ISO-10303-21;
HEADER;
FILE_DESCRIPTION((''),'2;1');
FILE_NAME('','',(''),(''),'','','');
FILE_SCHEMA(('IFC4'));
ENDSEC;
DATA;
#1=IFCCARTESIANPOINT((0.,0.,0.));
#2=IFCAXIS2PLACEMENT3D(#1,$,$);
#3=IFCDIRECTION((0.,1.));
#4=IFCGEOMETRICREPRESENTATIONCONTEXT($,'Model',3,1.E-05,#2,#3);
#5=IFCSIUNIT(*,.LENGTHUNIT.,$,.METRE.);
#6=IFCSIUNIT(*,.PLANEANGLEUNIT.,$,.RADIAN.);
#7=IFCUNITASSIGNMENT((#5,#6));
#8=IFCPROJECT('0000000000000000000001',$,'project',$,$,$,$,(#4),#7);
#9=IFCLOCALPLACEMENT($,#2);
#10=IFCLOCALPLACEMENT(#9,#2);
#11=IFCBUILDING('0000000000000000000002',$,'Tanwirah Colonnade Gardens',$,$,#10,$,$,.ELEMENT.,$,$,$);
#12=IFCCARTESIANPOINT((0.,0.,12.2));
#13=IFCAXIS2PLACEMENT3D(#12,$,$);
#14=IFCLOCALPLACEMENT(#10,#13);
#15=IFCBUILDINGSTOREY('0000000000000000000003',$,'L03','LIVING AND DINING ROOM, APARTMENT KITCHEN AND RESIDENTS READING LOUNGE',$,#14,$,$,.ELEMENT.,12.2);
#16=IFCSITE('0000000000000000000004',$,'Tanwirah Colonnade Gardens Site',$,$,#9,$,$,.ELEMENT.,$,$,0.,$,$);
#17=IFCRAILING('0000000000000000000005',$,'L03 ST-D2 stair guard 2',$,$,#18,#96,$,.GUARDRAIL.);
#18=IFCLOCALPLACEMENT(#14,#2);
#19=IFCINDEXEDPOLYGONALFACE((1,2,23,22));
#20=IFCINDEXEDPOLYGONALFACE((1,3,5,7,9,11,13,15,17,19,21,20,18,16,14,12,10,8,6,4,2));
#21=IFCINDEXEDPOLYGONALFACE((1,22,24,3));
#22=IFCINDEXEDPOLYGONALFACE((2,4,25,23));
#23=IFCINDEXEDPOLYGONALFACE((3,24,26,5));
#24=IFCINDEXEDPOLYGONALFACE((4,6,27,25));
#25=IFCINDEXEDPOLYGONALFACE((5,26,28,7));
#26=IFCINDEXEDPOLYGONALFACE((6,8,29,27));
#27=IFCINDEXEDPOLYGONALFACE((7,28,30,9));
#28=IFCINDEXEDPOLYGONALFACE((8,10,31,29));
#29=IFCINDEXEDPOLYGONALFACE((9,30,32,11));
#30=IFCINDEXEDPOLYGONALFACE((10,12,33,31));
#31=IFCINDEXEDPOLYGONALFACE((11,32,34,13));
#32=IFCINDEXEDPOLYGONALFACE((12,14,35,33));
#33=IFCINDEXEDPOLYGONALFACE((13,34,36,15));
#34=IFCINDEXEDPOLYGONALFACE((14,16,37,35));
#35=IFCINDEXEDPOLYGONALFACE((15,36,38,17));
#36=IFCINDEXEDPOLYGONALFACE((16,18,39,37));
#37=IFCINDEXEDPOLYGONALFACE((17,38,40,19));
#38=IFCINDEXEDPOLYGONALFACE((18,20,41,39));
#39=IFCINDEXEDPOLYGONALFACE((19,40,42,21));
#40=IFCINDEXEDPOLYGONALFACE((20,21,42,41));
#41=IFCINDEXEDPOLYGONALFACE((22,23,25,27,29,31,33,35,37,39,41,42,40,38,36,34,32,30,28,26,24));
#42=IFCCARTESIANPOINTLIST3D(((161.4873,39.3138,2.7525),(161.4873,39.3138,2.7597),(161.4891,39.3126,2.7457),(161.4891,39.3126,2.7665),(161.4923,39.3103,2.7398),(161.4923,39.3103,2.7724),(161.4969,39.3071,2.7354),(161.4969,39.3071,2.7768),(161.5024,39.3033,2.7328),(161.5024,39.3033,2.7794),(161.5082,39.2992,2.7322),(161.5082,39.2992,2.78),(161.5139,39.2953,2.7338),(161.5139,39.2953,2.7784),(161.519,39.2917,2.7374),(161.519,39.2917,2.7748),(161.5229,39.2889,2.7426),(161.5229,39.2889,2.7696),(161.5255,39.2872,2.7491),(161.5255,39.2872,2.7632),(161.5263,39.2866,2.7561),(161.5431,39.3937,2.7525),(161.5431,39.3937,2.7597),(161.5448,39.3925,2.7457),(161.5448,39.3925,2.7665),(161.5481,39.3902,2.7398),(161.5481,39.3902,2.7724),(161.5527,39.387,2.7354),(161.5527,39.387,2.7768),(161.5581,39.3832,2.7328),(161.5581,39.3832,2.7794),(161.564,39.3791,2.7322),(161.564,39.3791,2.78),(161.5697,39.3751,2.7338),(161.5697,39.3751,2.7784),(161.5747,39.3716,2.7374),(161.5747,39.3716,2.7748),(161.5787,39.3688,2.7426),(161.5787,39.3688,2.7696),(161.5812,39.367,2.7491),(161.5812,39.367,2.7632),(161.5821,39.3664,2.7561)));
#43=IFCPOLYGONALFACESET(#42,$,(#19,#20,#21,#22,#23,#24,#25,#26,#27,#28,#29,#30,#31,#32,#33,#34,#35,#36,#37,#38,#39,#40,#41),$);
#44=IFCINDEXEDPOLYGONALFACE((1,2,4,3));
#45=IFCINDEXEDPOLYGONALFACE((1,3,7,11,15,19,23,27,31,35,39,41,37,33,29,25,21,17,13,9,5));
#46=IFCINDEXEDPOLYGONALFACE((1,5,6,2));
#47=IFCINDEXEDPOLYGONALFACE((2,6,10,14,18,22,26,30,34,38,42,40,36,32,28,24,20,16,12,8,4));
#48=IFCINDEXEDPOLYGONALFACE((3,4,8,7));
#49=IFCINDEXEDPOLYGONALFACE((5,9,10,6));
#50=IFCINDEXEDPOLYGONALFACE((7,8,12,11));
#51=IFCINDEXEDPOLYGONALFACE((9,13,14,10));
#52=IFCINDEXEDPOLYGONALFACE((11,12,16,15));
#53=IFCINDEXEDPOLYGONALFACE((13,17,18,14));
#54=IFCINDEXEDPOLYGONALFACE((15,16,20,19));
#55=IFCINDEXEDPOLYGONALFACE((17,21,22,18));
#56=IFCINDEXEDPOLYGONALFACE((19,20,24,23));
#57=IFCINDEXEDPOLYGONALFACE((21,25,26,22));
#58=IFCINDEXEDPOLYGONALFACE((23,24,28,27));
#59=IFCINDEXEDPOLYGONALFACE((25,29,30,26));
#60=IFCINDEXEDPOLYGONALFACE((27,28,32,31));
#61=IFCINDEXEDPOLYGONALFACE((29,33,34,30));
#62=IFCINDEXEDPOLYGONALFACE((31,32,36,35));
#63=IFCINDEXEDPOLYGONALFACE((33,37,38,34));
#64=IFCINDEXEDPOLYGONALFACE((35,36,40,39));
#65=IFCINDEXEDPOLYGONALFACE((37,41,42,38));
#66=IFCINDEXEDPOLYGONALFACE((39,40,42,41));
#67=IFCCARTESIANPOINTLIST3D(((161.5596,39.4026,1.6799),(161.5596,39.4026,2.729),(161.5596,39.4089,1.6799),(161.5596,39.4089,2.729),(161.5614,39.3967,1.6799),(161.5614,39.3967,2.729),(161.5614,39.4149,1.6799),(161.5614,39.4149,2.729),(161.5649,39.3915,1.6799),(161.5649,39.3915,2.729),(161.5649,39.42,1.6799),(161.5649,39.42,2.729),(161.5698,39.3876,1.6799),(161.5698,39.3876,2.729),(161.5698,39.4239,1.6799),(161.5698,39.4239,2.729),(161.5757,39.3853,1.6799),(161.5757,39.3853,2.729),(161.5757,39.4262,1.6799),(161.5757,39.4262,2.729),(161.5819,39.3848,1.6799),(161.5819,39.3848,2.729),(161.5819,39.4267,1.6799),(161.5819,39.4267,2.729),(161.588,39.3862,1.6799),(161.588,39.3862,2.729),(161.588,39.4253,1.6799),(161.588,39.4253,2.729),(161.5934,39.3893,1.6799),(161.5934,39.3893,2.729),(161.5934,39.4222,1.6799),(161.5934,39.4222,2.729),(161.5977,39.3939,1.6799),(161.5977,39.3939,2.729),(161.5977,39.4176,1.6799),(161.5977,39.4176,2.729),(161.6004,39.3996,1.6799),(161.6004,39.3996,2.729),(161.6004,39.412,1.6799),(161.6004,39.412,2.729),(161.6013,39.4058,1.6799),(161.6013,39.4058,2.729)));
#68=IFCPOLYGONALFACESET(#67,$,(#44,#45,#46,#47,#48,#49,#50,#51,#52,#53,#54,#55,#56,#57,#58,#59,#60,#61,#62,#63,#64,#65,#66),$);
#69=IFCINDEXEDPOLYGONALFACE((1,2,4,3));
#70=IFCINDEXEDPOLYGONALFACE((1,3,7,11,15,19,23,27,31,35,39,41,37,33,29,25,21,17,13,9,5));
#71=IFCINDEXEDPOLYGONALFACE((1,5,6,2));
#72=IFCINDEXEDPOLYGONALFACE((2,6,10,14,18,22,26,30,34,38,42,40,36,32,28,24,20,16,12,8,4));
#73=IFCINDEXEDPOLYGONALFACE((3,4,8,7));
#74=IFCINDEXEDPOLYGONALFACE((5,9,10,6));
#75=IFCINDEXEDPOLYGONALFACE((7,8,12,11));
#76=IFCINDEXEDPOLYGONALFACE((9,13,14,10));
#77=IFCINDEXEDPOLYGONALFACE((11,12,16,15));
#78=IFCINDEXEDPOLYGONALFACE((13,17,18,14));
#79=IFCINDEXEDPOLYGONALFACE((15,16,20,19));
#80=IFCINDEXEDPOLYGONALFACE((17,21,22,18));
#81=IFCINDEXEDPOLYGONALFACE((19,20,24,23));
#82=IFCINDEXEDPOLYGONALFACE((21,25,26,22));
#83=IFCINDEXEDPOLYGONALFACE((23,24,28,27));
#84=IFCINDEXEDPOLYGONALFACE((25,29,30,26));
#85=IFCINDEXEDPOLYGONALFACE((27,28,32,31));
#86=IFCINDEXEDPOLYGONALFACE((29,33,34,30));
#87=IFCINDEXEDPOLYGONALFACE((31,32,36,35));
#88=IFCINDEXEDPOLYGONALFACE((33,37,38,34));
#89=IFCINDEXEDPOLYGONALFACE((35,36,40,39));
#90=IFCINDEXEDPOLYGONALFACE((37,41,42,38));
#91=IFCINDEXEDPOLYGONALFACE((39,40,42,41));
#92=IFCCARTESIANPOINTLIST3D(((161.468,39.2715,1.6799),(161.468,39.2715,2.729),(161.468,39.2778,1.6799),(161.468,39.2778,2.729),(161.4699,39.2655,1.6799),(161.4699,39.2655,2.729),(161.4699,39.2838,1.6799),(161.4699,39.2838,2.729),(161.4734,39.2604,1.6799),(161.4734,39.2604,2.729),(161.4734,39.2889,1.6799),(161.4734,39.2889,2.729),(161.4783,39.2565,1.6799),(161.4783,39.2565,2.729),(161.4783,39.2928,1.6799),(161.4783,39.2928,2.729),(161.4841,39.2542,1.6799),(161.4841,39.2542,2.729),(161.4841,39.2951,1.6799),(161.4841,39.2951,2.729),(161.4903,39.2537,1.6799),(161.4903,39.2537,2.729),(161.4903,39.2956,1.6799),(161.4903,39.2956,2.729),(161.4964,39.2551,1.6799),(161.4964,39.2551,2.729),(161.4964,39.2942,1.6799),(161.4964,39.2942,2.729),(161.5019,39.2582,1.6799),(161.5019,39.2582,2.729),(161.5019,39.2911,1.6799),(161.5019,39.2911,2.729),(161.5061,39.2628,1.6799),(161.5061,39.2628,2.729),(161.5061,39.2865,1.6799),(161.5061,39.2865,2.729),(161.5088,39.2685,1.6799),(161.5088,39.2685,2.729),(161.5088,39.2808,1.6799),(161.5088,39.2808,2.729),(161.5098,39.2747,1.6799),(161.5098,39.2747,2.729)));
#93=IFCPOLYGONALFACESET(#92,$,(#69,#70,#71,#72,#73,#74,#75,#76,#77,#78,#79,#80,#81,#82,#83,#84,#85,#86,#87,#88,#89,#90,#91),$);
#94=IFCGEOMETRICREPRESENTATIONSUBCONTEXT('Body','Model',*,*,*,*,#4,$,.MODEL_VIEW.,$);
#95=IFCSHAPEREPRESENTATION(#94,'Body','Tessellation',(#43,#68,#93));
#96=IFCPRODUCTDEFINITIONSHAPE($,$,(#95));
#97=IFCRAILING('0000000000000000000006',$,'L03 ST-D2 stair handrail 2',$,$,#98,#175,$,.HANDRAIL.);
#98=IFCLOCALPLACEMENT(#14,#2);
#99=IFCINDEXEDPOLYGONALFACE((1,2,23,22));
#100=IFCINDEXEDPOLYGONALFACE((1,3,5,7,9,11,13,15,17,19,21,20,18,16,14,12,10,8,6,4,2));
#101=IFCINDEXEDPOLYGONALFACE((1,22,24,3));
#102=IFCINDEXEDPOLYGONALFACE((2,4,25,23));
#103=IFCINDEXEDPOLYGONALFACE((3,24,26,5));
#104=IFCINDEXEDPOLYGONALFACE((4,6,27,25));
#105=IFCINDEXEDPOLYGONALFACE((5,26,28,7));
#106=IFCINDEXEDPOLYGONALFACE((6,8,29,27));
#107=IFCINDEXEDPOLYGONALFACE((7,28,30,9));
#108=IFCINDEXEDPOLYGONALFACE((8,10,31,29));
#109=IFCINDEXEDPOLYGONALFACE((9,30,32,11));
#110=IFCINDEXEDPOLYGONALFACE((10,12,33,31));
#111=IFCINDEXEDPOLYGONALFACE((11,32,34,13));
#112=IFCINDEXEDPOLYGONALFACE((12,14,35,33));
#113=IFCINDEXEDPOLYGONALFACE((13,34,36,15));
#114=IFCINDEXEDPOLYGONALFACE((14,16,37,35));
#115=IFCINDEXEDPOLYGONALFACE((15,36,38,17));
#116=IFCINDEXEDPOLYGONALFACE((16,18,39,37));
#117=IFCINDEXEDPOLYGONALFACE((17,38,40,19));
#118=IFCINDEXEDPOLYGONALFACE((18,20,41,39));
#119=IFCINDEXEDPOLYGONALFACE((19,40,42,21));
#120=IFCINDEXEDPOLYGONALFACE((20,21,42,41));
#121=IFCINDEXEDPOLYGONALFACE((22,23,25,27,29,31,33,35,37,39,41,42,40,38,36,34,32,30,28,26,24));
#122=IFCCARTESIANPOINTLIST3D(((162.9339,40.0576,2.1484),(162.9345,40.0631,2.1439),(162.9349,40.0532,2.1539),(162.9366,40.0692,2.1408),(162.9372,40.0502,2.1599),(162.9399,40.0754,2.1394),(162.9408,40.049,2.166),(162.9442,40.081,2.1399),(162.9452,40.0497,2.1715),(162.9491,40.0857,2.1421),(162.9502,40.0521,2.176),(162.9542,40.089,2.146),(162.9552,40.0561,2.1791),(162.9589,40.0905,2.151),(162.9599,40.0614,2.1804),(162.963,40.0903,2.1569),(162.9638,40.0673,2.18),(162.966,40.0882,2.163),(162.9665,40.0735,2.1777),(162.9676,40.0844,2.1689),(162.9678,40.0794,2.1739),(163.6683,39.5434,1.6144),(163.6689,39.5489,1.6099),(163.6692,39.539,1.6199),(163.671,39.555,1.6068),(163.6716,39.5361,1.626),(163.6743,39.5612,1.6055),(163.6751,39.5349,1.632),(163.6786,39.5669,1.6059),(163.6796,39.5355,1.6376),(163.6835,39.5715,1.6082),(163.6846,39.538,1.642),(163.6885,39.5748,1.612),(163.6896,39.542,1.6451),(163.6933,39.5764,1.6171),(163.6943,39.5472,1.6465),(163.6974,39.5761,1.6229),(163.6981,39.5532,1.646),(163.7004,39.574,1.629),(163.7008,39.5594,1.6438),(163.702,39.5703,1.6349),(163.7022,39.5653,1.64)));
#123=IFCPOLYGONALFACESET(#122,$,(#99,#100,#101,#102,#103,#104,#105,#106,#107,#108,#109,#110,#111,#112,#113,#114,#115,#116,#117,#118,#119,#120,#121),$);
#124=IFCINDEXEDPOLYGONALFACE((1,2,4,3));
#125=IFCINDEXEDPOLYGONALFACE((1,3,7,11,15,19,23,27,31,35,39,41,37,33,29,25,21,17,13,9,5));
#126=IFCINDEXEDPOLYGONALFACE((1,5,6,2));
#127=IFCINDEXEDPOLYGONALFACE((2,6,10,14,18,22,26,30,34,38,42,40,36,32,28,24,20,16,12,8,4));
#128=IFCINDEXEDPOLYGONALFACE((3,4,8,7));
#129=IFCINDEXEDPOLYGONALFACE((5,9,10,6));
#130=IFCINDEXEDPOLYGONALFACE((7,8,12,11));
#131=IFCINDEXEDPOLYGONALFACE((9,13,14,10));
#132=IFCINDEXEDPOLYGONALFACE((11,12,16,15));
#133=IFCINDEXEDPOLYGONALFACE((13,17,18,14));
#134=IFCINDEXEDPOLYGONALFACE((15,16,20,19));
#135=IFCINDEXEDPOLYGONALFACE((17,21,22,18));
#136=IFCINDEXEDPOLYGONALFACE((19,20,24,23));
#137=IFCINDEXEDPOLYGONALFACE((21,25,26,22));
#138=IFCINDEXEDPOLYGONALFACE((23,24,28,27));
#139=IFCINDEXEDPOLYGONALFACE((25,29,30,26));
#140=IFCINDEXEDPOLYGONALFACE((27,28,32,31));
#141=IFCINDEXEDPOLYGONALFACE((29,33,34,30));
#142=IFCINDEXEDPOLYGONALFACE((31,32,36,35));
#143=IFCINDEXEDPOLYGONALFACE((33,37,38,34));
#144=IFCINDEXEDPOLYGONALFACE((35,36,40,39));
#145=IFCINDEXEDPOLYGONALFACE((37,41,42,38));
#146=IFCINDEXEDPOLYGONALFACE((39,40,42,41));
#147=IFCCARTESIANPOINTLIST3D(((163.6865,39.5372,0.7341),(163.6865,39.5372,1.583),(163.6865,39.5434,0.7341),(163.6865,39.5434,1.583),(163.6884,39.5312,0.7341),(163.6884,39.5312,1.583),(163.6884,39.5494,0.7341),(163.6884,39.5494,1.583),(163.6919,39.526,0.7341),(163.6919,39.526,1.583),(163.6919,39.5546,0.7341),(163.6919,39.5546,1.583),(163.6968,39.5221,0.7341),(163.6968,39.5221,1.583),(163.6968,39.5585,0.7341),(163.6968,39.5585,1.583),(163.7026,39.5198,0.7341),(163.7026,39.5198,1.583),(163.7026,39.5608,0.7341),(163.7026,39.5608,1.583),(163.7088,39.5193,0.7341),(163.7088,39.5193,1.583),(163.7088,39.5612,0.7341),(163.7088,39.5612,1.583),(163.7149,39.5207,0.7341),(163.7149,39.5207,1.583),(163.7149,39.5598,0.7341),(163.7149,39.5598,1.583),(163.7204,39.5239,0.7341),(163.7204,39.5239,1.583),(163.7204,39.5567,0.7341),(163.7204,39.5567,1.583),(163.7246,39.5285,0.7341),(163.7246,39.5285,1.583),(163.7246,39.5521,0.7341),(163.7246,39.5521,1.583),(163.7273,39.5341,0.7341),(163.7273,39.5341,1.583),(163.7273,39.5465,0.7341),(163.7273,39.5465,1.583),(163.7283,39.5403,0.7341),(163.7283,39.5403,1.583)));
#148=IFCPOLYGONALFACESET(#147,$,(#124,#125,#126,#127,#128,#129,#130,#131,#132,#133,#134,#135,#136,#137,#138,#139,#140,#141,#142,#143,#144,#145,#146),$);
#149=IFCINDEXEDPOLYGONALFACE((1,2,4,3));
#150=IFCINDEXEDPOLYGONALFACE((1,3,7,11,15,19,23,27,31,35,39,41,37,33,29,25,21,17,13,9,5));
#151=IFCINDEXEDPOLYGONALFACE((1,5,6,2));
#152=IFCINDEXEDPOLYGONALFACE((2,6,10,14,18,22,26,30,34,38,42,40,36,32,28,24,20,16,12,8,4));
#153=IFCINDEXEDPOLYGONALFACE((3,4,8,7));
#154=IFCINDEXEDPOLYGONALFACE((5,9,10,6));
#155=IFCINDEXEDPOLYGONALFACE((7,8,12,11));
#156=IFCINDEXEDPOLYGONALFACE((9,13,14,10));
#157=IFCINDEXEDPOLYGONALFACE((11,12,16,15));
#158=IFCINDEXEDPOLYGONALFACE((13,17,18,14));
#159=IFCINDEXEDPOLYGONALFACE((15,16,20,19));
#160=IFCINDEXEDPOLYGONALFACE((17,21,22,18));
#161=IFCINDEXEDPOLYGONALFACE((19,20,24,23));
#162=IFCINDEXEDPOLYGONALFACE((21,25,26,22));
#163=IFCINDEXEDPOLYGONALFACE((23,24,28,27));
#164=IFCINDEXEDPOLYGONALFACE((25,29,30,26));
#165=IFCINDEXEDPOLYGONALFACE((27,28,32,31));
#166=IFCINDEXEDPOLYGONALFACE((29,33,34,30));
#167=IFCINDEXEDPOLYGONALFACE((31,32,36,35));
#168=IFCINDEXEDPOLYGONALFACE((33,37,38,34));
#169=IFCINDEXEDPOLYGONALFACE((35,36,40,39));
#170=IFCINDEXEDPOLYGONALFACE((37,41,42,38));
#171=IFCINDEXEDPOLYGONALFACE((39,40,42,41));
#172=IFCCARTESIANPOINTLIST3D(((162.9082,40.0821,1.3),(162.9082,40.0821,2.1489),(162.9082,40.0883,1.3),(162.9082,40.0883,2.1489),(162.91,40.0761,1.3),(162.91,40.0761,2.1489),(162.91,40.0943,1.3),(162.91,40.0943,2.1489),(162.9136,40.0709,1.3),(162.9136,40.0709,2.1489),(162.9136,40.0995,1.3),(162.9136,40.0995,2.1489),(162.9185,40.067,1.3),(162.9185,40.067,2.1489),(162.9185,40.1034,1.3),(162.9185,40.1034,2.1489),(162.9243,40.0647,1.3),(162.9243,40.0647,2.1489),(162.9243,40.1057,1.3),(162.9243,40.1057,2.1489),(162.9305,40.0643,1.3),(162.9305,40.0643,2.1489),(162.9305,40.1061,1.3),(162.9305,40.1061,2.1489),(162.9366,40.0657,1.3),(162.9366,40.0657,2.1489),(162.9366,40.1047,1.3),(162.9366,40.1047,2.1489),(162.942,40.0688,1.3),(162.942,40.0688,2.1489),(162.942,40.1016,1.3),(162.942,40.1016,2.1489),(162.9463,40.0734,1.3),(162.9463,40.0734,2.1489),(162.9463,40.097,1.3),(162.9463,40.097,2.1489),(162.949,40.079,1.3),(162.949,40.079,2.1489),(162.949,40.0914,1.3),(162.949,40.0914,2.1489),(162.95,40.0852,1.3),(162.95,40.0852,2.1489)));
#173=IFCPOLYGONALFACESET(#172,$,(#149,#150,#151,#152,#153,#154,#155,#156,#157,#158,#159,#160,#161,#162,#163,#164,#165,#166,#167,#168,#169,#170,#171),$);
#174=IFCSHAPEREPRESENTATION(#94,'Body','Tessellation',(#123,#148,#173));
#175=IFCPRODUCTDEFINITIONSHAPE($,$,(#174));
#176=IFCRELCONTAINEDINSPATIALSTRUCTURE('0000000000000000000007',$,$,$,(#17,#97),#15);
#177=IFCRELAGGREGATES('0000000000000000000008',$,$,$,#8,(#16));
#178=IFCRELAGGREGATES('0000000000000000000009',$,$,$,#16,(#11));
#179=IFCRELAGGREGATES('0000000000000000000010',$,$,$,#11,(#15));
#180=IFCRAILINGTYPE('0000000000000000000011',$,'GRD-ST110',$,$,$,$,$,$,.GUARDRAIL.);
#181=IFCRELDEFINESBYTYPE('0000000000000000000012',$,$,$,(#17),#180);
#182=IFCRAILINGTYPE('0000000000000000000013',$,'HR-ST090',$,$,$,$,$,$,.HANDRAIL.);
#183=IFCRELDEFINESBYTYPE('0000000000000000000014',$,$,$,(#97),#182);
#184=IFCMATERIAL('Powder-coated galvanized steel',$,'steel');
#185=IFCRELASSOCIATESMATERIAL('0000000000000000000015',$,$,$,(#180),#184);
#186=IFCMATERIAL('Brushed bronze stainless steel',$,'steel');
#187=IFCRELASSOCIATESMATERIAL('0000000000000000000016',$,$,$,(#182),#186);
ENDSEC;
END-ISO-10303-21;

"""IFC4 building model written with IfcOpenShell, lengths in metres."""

from ifc_helpers import new_model, si_unit, direction, frame, origin, origin_2d, place, context, subcontext, project, spatial, circle, extrude, material, type_object, element, save


model = new_model("IFC4")

# Units and contexts
model_context = context("Model", 3, precision=1e-05, world=origin(), true_north=direction((0.0, 1.0)))
body_context = subcontext(model_context, "Body", "Model", "MODEL_VIEW")
ifc_project = project(units=[si_unit("LENGTHUNIT", "METRE"), si_unit("PLANEANGLEUNIT", "RADIAN")], contexts=[model_context])

# Site, building, storey
site_placement = place(None, origin())
site = spatial("IfcSite", under=ifc_project, at=site_placement, Name="Tanwirah Colonnade Gardens Site", CompositionType="ELEMENT", RefElevation=0.0)
building_placement = place(site_placement, origin())
building = spatial("IfcBuilding", under=site, at=building_placement, Name="Tanwirah Colonnade Gardens", CompositionType="ELEMENT")
storey_placement = place(building_placement, frame((0.0, 0.0, 12.2)))
storey = spatial("IfcBuildingStorey", under=building, at=storey_placement, Name="L03", Description="LIVING AND DINING ROOM, APARTMENT KITCHEN AND RESIDENTS READING LOUNGE", CompositionType="ELEMENT", Elevation=12.2)

# Railings
ifc_material_1 = material(Name="Powder-coated galvanized steel", Category="steel")
railing_type_1 = type_object("IfcRailingType", Name="GRD-ST110", PredefinedType="GUARDRAIL", material=ifc_material_1)
railing_1_placement = place(storey_placement, frame((161.5803, 39.4058, 1.6799)))
element("IfcRailing", 1, at=railing_1_placement, inside=storey, type_object=railing_type_1, Name="L03 ST-D2 stair guard 2", PredefinedType="GUARDRAIL", context=body_context, shape_type="SweptSolid", body=[
    extrude(circle(Radius=0.0239, at=origin_2d()), frame((-0.0178, -0.0256, 1.0762), z_axis=(-0.57254, -0.819877, 0.0), x_axis=(0.819877, -0.57254, 0.0)), (0.0, 0.0, 1.0), 0.0974),
    extrude(circle(Radius=0.021, at=origin_2d()), origin(), (0.0, 0.0, 1.0), 1.0491),
    extrude(circle(Radius=0.021, at=origin_2d()), frame((-0.0916, -0.1311, 0.0)), (0.0, 0.0, 1.0), 1.0491),
])
ifc_material_2 = material(Name="Brushed bronze stainless steel", Category="steel")
railing_type_2 = type_object("IfcRailingType", Name="HR-ST090", PredefinedType="HANDRAIL", material=ifc_material_2)
railing_2_placement = place(storey_placement, frame((163.7073, 39.5403, 0.7341)))
element("IfcRailing", 2, at=railing_2_placement, inside=storey, type_object=railing_type_2, Name="L03 ST-D2 stair handrail 2", PredefinedType="HANDRAIL", context=body_context, shape_type="SweptSolid", body=[
    extrude(circle(Radius=0.0239, at=origin_2d()), frame((-0.022, 0.0154, 0.8918), z_axis=(-0.703797, 0.492747, 0.511732), x_axis=(-0.573531, -0.819184, 0.0)), (0.0, 0.0, 1.0), 1.0435),
    extrude(circle(Radius=0.021, at=origin_2d()), origin(), (0.0, 0.0, 1.0), 0.8489),
    extrude(circle(Radius=0.021, at=origin_2d()), frame((-0.7783, 0.5449, 0.5659)), (0.0, 0.0, 1.0), 0.8489),
])

save(model, "model.ifc")
